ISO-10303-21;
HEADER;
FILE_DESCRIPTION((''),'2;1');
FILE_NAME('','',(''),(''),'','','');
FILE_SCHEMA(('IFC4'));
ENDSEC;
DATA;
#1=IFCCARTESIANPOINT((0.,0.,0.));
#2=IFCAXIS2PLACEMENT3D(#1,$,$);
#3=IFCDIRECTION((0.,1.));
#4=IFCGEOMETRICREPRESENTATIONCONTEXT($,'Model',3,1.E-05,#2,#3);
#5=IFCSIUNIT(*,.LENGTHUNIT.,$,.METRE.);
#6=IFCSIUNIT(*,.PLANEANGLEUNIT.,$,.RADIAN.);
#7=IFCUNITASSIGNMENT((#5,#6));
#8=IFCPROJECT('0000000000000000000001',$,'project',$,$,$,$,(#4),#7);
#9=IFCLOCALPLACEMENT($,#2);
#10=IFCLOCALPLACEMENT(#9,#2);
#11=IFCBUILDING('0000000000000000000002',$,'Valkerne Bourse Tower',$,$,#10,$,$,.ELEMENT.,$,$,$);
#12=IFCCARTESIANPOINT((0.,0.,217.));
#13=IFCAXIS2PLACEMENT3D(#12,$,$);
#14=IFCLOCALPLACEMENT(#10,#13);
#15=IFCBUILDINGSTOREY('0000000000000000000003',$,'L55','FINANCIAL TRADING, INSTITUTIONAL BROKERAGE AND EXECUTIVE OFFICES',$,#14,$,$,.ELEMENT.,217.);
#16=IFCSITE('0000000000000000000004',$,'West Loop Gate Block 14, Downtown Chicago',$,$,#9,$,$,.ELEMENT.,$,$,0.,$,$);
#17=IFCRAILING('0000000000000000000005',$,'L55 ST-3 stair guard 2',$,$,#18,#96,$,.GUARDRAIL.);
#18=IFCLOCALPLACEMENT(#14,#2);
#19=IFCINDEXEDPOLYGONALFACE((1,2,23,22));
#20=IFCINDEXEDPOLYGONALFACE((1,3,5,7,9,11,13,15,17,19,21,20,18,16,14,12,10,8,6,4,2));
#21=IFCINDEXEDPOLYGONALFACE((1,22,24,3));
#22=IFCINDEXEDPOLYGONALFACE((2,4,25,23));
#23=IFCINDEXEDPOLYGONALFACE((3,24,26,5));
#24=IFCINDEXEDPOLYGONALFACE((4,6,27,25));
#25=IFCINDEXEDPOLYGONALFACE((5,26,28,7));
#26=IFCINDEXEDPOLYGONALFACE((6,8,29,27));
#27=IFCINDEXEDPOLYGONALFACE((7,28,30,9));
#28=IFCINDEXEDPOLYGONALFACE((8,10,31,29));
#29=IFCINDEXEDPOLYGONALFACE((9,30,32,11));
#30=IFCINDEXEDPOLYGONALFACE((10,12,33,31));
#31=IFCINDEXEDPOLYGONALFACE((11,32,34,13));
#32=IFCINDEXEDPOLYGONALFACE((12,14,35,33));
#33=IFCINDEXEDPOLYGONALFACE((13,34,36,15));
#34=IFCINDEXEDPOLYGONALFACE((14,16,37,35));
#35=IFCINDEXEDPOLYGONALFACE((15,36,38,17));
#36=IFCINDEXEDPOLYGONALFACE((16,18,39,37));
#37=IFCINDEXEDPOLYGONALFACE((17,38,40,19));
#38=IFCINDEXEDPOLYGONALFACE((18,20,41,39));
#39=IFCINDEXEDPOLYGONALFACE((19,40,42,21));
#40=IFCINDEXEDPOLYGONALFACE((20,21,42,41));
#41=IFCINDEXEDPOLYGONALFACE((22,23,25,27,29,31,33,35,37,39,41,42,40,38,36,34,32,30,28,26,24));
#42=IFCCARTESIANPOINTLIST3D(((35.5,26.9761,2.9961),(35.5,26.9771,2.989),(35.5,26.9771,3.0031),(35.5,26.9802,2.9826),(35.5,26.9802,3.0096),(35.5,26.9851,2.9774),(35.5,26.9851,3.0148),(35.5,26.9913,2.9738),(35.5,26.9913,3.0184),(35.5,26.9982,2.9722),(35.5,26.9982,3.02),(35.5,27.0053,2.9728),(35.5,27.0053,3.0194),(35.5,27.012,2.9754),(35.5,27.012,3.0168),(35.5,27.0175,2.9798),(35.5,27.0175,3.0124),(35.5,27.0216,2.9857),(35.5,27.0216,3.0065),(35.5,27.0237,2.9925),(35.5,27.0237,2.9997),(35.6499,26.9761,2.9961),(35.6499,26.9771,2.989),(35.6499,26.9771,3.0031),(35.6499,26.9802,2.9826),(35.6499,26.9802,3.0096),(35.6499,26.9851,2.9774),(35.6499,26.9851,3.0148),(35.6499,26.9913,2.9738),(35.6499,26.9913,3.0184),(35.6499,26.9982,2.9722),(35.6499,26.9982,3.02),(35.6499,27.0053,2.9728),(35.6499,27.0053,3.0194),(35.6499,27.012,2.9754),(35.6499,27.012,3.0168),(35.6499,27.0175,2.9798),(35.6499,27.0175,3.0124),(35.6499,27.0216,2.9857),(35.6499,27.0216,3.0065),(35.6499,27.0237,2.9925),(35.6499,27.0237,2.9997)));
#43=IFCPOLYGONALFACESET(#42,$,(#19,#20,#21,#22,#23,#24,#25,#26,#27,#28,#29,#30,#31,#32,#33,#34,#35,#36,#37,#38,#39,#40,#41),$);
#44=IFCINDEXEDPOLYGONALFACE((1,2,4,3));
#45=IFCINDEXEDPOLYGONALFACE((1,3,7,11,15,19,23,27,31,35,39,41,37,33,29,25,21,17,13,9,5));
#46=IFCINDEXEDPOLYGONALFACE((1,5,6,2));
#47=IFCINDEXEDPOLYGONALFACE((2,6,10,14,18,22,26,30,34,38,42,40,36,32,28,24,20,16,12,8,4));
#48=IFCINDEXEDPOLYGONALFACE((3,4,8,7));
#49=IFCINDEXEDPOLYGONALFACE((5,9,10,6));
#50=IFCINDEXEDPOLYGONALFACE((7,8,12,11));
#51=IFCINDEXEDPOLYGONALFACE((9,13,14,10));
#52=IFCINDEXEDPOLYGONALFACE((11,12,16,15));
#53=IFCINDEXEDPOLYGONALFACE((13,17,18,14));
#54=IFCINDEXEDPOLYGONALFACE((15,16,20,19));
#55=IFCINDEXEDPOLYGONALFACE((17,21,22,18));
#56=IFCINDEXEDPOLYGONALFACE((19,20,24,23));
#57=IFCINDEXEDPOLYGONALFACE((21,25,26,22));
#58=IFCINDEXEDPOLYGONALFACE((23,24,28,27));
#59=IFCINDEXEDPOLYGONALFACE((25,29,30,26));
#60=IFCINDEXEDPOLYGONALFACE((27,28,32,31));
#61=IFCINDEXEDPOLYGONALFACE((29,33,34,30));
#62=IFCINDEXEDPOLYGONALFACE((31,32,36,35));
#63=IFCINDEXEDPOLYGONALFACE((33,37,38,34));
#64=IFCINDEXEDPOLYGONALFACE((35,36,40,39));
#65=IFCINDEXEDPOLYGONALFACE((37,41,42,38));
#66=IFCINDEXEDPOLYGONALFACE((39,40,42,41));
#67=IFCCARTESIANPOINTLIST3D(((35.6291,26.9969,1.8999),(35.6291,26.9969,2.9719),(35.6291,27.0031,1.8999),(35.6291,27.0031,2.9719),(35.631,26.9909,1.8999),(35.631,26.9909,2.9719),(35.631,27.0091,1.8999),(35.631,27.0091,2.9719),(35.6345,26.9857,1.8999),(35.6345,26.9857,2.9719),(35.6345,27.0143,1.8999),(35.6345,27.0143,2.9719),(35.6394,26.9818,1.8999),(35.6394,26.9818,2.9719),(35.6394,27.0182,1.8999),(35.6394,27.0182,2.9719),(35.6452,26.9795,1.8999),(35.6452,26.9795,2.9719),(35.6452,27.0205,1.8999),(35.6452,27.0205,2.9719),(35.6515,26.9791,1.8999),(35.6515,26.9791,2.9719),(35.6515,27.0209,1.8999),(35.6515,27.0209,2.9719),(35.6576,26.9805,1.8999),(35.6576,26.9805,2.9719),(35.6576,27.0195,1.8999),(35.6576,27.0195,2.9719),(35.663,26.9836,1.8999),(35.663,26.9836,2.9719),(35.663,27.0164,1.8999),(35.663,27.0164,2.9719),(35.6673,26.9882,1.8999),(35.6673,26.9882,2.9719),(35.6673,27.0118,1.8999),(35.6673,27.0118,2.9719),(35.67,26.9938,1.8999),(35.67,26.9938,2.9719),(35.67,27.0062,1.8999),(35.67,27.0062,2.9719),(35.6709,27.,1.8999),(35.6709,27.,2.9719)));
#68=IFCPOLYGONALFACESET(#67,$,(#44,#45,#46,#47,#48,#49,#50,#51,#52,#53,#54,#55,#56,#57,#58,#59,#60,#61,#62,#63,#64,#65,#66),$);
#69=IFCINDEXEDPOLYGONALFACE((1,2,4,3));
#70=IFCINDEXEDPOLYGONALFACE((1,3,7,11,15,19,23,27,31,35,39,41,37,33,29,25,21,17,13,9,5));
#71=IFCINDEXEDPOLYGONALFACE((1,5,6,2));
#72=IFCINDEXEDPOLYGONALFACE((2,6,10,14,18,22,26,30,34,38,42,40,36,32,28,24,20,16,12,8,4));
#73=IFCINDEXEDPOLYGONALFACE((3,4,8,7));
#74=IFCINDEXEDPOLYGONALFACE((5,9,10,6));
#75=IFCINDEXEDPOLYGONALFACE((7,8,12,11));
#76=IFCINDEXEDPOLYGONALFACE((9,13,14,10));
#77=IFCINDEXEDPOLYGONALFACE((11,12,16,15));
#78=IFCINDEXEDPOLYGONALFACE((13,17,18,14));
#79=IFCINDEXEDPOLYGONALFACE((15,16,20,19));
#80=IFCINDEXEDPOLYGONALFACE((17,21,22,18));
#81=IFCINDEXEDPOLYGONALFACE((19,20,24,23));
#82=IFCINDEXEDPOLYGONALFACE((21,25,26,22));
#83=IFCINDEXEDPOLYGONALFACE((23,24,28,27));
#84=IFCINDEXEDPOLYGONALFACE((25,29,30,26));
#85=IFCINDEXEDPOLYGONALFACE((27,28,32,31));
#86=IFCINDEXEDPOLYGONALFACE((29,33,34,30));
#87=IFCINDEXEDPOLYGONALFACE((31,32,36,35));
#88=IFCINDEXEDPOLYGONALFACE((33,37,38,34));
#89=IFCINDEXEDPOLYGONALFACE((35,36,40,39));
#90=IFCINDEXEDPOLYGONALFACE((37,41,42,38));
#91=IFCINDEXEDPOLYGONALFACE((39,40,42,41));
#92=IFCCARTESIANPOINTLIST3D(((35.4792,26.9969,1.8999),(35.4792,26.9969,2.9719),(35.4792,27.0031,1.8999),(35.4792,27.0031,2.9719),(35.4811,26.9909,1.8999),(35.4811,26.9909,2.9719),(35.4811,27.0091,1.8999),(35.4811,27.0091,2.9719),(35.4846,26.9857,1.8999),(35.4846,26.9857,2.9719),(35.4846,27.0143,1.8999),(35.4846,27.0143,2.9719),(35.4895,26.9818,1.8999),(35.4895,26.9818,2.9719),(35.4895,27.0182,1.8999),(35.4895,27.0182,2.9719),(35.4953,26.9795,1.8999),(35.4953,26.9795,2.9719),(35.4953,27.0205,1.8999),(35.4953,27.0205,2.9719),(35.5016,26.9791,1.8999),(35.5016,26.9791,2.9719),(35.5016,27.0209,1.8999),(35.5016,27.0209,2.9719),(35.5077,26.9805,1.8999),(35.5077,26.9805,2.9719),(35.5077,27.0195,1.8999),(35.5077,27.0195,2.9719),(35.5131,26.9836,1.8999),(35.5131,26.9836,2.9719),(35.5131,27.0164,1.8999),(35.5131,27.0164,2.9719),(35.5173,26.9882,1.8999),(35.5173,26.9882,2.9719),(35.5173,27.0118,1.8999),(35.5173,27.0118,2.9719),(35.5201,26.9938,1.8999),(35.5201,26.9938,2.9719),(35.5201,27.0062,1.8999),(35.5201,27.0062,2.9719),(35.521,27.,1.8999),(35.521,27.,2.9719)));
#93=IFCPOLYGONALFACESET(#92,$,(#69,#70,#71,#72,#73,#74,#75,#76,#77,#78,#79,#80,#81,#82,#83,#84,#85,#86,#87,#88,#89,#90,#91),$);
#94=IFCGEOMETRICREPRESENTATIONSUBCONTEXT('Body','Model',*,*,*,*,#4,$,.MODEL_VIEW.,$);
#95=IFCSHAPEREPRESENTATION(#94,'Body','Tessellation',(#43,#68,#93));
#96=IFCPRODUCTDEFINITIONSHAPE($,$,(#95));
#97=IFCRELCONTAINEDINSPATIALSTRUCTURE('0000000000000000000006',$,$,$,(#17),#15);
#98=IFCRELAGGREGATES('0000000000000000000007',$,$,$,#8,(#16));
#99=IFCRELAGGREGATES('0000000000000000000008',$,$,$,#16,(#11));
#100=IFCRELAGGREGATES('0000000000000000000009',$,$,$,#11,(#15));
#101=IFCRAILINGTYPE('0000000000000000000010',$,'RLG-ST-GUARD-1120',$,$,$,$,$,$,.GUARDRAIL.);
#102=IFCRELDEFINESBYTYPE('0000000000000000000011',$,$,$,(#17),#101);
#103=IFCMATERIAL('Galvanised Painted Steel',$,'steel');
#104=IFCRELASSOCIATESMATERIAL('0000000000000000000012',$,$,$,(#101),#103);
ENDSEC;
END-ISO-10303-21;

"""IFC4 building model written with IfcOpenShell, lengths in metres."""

from ifc_helpers import new_model, si_unit, direction, frame, origin, origin_2d, place, context, subcontext, project, spatial, circle, extrude, material, type_object, element, save


model = new_model("IFC4")

# Units and contexts
model_context = context("Model", 3, precision=1e-05, world=origin(), true_north=direction((0.0, 1.0)))
body_context = subcontext(model_context, "Body", "Model", "MODEL_VIEW")
ifc_project = project(units=[si_unit("LENGTHUNIT", "METRE"), si_unit("PLANEANGLEUNIT", "RADIAN")], contexts=[model_context])

# Site, building, storey
site_placement = place(None, origin())
site = spatial("IfcSite", under=ifc_project, at=site_placement, Name="West Loop Gate Block 14, Downtown Chicago", CompositionType="ELEMENT", RefElevation=0.0)
building_placement = place(site_placement, origin())
building = spatial("IfcBuilding", under=site, at=building_placement, Name="Valkerne Bourse Tower", CompositionType="ELEMENT")
storey_placement = place(building_placement, frame((0.0, 0.0, 217.0)))
storey = spatial("IfcBuildingStorey", under=building, at=storey_placement, Name="L55", Description="FINANCIAL TRADING, INSTITUTIONAL BROKERAGE AND EXECUTIVE OFFICES", CompositionType="ELEMENT", Elevation=217.0)

# Railing
ifc_material_1 = material(Name="Galvanised Painted Steel", Category="steel")
railing_type_1 = type_object("IfcRailingType", Name="RLG-ST-GUARD-1120", PredefinedType="GUARDRAIL", material=ifc_material_1)
railing_1_placement = place(storey_placement, frame((35.6499, 27.0, 1.8999)))
element("IfcRailing", 1, at=railing_1_placement, inside=storey, type_object=railing_type_1, Name="L55 ST-3 stair guard 2", PredefinedType="GUARDRAIL", context=body_context, shape_type="SweptSolid", body=[
    extrude(circle(Radius=0.0239, at=origin_2d()), frame((0.0, 0.0, 1.0962), z_axis=(-1.0, 0.0, 0.0), x_axis=(0.0, -1.0, 0.0)), (0.0, 0.0, 1.0), 0.1499),
    extrude(circle(Radius=0.021, at=origin_2d()), origin(), (0.0, 0.0, 1.0), 1.072),
    extrude(circle(Radius=0.021, at=origin_2d()), frame((-0.1499, 0.0, 0.0)), (0.0, 0.0, 1.0), 1.072),
])

save(model, "model.ifc")
